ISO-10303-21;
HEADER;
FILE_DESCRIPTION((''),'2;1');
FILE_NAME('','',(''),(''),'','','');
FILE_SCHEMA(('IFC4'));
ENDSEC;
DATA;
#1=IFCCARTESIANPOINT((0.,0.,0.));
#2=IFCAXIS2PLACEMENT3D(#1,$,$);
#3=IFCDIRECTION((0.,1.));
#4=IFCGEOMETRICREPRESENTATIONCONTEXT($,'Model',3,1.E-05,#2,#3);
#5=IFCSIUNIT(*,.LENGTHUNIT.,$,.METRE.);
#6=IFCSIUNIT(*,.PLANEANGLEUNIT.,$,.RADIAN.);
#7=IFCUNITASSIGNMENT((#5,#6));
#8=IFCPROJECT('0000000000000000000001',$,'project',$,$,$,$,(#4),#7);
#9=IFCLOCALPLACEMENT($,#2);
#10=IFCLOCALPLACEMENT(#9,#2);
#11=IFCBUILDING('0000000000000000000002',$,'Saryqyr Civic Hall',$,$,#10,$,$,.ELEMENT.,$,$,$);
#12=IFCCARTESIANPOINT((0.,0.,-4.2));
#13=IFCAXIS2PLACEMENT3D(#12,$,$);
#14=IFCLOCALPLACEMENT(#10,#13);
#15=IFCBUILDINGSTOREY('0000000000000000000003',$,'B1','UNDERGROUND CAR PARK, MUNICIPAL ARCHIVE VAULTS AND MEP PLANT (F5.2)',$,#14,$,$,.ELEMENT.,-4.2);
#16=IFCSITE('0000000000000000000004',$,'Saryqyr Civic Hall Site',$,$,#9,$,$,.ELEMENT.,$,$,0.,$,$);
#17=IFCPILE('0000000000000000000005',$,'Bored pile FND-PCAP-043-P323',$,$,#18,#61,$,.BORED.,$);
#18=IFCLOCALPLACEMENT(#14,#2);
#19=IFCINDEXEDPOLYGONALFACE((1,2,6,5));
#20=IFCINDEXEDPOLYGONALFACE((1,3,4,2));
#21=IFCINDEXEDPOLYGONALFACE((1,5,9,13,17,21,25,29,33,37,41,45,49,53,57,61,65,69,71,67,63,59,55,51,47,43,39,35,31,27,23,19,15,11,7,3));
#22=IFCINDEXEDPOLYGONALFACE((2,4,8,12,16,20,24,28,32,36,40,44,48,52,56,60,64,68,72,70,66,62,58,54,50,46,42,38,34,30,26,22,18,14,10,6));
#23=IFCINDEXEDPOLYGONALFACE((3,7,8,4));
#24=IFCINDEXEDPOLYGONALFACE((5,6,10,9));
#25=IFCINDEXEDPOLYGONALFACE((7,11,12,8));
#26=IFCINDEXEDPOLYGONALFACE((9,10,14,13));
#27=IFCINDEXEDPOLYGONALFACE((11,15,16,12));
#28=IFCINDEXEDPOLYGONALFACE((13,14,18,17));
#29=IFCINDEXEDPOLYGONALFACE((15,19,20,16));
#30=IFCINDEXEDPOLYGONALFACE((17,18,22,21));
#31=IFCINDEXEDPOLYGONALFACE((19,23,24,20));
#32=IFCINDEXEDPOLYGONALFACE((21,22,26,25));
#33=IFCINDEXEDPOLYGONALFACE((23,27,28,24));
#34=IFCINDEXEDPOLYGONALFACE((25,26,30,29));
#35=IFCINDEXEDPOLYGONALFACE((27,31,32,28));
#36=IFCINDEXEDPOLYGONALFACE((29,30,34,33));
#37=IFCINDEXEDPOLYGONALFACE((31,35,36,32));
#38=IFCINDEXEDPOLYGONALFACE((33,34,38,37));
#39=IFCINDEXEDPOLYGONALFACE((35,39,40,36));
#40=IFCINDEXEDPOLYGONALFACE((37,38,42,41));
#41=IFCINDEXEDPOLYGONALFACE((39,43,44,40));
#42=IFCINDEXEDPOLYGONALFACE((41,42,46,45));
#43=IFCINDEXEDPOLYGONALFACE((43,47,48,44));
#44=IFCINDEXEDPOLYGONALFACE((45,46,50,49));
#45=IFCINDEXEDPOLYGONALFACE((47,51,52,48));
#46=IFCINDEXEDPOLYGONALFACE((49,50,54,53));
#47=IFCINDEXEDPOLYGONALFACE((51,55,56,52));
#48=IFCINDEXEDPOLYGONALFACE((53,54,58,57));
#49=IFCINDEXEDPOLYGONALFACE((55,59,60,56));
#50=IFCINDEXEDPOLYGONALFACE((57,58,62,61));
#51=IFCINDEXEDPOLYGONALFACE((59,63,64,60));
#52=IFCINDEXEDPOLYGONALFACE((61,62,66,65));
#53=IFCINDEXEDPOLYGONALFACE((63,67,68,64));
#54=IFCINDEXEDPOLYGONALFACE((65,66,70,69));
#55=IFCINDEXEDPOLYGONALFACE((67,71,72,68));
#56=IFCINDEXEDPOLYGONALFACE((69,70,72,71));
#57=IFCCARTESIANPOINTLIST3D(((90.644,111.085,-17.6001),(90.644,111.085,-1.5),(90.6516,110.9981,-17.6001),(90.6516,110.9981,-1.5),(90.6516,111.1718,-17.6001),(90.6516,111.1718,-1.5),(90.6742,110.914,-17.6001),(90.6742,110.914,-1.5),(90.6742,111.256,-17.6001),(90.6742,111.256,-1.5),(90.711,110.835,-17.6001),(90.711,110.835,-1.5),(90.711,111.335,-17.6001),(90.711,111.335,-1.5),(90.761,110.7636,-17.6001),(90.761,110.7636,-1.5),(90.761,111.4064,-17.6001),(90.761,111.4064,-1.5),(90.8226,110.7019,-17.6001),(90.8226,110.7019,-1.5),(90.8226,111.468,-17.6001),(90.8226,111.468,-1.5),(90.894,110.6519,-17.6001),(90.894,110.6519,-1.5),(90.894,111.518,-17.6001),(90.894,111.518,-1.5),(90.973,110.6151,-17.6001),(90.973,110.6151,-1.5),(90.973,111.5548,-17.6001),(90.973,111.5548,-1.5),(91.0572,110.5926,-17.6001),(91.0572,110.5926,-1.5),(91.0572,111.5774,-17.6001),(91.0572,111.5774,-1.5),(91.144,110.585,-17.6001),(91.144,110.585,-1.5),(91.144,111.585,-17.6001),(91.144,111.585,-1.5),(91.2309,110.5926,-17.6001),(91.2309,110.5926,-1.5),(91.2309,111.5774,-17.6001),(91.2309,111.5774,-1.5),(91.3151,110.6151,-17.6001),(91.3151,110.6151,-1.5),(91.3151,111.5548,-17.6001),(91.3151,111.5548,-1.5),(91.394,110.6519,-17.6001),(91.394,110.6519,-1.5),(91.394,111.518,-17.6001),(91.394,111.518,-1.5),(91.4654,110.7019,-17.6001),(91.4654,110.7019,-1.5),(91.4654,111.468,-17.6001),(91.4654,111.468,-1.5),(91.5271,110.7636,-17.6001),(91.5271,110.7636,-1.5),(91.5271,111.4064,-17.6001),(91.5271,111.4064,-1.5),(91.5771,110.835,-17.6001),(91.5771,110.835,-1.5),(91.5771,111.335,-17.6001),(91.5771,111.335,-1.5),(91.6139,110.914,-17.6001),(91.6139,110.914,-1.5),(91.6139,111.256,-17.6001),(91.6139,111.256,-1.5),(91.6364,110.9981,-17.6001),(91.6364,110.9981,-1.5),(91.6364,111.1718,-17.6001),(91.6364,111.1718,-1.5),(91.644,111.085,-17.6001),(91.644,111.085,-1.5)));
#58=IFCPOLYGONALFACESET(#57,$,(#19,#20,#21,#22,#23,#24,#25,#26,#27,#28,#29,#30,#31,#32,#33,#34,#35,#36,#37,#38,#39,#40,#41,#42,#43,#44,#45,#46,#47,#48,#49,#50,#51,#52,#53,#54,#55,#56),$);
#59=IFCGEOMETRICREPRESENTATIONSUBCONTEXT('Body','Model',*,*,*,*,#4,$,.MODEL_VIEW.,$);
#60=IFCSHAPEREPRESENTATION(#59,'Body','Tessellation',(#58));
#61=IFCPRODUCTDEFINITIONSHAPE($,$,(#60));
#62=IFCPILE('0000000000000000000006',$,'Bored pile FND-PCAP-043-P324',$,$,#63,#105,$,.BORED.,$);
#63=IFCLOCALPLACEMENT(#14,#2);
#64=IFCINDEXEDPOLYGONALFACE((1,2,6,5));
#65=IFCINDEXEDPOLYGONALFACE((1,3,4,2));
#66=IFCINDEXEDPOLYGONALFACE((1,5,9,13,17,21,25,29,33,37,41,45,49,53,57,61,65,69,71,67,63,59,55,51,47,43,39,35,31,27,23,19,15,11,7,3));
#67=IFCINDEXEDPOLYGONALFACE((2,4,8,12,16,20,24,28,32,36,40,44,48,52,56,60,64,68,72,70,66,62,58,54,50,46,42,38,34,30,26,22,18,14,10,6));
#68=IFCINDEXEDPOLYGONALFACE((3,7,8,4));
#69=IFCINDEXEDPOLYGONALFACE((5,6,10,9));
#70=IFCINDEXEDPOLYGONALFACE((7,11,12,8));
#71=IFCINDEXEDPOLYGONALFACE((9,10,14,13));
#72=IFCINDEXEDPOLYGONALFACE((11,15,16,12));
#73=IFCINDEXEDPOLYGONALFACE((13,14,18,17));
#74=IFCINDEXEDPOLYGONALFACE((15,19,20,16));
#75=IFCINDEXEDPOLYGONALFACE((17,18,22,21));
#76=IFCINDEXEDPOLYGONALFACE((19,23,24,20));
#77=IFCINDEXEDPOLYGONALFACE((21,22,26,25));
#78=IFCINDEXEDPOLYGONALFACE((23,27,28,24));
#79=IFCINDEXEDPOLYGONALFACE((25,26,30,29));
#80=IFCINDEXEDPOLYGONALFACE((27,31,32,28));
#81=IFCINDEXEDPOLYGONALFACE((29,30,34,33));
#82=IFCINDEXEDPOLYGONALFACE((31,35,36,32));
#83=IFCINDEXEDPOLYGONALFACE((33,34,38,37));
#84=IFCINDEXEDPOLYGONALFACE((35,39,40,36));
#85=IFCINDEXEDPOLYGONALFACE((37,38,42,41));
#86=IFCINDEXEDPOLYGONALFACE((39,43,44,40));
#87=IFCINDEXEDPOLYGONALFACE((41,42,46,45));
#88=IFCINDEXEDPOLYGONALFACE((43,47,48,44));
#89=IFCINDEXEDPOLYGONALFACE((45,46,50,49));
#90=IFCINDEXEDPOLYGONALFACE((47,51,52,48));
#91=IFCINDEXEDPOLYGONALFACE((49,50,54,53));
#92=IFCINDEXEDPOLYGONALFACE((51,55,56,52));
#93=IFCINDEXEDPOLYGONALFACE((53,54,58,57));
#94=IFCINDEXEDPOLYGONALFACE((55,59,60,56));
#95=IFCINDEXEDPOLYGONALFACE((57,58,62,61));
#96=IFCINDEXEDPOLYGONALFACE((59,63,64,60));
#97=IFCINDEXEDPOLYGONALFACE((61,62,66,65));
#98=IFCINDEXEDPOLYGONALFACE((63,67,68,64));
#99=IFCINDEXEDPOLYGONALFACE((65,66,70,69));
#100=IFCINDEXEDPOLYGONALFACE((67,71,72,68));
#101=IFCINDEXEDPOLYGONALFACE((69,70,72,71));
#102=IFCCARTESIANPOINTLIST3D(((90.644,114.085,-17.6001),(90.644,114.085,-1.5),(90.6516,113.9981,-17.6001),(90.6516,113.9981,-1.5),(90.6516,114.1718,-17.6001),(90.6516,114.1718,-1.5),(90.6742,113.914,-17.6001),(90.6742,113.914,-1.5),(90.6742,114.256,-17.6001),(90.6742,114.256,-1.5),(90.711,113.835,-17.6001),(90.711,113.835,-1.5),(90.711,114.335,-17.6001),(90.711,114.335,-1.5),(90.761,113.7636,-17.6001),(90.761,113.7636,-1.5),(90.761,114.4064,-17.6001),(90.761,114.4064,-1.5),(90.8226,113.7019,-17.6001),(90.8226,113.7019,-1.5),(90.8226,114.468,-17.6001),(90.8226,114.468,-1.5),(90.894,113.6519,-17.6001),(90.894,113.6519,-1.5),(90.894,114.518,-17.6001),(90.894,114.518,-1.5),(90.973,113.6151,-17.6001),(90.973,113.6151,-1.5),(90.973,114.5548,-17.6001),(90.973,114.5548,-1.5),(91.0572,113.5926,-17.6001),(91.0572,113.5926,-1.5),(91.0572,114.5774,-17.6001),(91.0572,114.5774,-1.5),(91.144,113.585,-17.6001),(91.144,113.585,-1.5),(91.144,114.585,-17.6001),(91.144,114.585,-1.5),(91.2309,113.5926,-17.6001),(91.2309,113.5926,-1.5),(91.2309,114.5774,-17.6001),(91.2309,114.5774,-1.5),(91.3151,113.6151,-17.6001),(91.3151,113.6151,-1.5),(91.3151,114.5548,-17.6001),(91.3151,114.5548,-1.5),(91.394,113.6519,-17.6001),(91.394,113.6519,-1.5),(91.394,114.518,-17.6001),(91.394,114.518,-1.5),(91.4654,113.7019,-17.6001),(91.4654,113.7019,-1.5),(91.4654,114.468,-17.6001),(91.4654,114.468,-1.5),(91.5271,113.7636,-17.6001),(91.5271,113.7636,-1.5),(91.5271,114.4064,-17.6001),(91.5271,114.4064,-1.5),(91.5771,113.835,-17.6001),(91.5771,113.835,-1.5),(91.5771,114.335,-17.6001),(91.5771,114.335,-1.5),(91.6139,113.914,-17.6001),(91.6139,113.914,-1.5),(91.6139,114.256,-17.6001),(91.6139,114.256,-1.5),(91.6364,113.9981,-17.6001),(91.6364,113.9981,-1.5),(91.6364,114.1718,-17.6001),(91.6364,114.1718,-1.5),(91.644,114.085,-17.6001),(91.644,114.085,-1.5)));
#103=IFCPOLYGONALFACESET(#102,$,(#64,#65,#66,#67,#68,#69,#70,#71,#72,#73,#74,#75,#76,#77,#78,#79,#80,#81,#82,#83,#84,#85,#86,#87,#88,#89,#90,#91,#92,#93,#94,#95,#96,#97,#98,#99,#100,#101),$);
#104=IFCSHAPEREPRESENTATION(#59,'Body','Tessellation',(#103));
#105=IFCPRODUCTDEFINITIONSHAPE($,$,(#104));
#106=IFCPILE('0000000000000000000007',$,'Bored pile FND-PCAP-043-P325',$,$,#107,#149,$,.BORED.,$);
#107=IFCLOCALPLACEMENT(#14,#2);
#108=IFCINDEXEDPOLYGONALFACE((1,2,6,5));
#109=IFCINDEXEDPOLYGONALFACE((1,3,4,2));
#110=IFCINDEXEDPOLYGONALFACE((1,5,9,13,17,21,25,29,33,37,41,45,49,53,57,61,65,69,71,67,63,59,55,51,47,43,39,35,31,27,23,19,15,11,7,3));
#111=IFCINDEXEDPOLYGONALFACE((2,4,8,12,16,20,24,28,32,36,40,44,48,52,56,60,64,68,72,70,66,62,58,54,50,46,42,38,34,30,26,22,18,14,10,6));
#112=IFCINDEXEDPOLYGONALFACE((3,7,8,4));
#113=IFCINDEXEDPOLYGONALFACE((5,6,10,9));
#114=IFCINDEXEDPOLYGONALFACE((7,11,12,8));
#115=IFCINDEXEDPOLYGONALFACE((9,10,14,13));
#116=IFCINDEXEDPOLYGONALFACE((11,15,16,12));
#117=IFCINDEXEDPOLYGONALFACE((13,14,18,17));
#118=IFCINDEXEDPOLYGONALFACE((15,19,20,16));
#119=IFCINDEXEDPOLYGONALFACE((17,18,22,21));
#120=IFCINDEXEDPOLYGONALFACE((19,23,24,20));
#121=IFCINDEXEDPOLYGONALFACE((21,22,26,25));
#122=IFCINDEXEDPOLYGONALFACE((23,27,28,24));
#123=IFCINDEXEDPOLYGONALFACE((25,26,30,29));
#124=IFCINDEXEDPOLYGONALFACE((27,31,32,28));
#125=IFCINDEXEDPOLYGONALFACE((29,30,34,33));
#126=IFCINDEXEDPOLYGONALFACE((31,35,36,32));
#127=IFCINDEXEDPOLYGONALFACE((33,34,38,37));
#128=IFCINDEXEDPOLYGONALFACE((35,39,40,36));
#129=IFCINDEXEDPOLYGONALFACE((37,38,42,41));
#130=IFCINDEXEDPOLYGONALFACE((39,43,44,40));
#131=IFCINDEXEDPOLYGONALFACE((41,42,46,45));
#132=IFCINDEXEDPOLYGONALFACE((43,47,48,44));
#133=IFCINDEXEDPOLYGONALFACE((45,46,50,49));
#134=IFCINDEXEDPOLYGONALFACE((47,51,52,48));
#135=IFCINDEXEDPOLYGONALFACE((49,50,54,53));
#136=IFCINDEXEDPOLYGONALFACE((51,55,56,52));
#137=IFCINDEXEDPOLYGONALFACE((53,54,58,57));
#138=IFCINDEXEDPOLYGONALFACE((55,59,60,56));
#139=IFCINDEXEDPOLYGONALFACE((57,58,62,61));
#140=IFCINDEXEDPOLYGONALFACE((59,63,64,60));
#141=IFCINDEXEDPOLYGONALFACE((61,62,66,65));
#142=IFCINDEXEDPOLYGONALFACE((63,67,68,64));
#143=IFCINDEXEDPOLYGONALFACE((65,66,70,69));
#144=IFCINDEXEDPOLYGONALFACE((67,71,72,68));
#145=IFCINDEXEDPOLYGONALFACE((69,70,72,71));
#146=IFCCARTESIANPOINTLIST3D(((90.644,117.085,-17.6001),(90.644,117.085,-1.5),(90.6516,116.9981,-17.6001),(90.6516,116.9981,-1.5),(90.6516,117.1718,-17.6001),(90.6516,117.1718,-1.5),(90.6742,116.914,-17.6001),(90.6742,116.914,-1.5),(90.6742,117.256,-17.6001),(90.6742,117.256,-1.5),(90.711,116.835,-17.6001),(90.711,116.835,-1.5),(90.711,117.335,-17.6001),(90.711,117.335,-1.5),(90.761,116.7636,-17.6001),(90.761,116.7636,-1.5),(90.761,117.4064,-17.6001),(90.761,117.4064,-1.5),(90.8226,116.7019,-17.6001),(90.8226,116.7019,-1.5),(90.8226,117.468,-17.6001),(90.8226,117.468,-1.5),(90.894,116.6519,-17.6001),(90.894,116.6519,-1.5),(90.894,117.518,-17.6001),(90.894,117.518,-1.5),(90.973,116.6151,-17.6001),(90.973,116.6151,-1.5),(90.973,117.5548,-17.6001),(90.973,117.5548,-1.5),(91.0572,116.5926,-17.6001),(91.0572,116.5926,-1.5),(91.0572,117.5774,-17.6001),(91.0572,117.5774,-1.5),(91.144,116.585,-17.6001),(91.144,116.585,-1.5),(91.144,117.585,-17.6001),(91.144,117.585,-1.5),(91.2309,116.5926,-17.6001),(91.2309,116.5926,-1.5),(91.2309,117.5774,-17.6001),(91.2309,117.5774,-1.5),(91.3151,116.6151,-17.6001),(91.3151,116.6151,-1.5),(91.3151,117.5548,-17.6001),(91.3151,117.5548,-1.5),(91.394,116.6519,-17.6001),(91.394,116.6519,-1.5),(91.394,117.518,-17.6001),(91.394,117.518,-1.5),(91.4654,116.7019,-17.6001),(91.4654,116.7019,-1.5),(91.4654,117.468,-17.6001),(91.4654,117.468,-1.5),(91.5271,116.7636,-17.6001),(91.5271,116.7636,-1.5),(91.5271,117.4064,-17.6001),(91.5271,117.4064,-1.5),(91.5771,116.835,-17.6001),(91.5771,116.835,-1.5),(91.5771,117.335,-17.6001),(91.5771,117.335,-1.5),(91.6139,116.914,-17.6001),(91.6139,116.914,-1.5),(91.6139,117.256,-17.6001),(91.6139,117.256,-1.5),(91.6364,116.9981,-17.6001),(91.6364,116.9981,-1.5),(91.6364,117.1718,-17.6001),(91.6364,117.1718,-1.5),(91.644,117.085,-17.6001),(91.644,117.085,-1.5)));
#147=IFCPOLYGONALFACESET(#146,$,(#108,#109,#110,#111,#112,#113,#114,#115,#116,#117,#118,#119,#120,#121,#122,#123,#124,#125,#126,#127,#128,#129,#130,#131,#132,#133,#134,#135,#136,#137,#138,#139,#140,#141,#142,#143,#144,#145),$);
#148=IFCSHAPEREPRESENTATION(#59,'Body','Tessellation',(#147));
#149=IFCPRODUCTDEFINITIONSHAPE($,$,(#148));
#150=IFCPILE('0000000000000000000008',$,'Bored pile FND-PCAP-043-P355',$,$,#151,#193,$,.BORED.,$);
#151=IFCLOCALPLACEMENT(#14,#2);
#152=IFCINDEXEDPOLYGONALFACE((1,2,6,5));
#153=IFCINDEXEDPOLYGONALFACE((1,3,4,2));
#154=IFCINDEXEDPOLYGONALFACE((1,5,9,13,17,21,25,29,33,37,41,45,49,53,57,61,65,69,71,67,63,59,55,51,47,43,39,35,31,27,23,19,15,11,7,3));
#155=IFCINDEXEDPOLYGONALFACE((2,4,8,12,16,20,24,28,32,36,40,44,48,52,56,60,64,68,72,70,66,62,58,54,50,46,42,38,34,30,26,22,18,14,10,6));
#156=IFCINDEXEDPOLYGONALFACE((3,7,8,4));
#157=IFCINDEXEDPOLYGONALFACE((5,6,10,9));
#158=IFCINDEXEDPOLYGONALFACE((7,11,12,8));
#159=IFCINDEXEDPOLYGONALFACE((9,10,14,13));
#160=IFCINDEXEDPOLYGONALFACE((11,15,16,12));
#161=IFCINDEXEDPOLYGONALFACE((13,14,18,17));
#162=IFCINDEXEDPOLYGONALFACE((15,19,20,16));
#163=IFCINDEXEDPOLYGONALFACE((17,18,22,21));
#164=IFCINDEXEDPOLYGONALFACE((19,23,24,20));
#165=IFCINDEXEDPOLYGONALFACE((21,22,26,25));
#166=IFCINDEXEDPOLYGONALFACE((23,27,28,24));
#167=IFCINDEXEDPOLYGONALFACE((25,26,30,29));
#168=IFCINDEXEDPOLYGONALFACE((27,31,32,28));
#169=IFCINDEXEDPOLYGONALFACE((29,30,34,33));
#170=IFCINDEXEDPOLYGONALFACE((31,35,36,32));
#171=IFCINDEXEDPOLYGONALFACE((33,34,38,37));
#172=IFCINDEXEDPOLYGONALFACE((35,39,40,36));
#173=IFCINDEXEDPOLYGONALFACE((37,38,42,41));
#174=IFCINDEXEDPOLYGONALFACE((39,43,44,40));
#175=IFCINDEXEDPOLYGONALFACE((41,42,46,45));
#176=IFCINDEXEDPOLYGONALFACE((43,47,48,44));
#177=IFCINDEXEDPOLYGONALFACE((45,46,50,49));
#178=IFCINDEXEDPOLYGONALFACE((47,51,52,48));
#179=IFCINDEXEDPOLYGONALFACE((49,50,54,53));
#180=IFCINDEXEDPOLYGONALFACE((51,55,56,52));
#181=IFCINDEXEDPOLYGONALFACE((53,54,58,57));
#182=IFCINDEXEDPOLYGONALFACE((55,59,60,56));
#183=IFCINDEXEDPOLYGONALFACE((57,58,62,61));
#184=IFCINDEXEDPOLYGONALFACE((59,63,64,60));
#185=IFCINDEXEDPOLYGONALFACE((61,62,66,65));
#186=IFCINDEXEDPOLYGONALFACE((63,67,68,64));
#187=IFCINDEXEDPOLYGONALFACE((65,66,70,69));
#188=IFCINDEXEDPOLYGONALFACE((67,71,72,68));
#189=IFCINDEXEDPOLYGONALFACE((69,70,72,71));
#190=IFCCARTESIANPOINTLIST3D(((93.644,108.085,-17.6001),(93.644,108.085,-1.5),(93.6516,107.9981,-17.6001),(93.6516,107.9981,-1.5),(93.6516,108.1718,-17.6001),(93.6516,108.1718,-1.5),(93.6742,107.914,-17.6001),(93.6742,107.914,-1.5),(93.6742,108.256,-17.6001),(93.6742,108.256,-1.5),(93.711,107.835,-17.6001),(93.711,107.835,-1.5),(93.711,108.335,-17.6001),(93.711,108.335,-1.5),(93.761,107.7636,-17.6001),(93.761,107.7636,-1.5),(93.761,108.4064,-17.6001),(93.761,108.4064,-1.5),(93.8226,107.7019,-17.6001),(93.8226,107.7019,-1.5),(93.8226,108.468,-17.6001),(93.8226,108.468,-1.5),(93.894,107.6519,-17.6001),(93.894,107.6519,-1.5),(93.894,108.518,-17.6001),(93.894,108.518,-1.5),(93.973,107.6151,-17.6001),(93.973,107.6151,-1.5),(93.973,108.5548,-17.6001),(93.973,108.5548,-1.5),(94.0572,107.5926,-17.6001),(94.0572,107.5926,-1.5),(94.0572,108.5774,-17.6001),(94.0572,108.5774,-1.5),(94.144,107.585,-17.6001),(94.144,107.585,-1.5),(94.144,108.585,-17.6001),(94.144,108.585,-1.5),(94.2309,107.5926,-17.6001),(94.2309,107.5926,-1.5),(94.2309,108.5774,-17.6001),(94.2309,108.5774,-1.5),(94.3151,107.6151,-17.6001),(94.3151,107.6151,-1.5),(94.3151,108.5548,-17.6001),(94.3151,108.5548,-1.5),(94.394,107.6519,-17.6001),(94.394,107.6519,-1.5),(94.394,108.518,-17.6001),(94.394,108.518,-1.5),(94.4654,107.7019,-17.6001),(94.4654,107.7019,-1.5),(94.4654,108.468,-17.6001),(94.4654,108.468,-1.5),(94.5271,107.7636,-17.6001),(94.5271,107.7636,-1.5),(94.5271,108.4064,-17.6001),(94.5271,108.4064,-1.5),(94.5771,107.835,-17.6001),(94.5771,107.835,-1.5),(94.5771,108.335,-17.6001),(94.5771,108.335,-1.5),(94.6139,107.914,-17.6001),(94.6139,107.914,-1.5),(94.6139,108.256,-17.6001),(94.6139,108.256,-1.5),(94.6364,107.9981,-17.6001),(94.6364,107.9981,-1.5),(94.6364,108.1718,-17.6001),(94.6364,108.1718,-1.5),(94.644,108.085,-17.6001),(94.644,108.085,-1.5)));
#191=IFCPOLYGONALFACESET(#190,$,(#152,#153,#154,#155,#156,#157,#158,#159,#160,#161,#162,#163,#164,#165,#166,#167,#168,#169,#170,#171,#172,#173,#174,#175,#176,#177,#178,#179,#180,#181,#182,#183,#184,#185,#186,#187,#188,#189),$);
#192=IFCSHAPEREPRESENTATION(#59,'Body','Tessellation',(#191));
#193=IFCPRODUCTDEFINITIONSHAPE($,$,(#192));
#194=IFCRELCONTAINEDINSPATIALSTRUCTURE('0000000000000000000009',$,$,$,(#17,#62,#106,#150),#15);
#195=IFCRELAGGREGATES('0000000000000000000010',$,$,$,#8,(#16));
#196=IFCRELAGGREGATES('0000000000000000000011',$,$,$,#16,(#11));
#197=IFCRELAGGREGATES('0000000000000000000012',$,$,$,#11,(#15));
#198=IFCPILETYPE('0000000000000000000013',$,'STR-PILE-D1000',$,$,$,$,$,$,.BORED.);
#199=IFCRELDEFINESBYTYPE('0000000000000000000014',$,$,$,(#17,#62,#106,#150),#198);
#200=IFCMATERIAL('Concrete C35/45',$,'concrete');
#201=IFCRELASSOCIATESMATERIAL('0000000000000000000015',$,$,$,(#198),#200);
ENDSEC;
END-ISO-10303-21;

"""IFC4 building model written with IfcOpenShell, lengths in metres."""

from ifc_helpers import new_model, si_unit, direction, frame, origin, origin_2d, place, context, subcontext, project, spatial, circle, extrude, material, material_profile, profile_set, type_object, element, save


model = new_model("IFC4")

# Units and contexts
model_context = context("Model", 3, precision=1e-05, world=origin(), true_north=direction((0.0, 1.0)))
body_context = subcontext(model_context, "Body", "Model", "MODEL_VIEW")
ifc_project = project(units=[si_unit("LENGTHUNIT", "METRE"), si_unit("PLANEANGLEUNIT", "RADIAN")], contexts=[model_context])

# Site, building, storey
site_placement = place(None, origin())
site = spatial("IfcSite", under=ifc_project, at=site_placement, Name="Saryqyr Civic Hall Site", CompositionType="ELEMENT", RefElevation=0.0)
building_placement = place(site_placement, origin())
building = spatial("IfcBuilding", under=site, at=building_placement, Name="Saryqyr Civic Hall", CompositionType="ELEMENT")
storey_placement = place(building_placement, frame((0.0, 0.0, -4.2)))
storey = spatial("IfcBuildingStorey", under=building, at=storey_placement, Name="B1", Description="UNDERGROUND CAR PARK, MUNICIPAL ARCHIVE VAULTS AND MEP PLANT (F5.2)", CompositionType="ELEMENT", Elevation=-4.2)

# Piles
ifc_material_1 = material(Name="Concrete C35/45", Category="concrete")
ifc_material_profile_1 = material_profile(ifc_material_1, circle(Radius=0.5, at=origin_2d()), Name="BORED PILE D1000")
ifc_profile_set_1 = profile_set([ifc_material_profile_1], Name="Concrete C35/45")
pile_type = type_object("IfcPileType", Name="STR-PILE-D1000", PredefinedType="BORED", material=ifc_profile_set_1)
for number, where, z_axis, x_axis, name in (
    (1, (91.144, 111.085, -1.5), (0.0, 0.0, -1.0), (1.0, 0.0, 0.0), "Bored pile FND-PCAP-043-P323"),
    (2, (91.144, 114.085, -1.5), (0.0, 0.0, -1.0), (1.0, 0.0, 0.0), "Bored pile FND-PCAP-043-P324"),
    (3, (91.144, 117.085, -1.5), (0.0, 0.0, -1.0), (1.0, 0.0, 0.0), "Bored pile FND-PCAP-043-P325"),
    (4, (94.144, 108.085, -1.5), (0.0, 0.0, -1.0), (1.0, 0.0, 0.0), "Bored pile FND-PCAP-043-P355"),
):
    element("IfcPile", number, at=place(storey_placement, frame(where, z_axis=z_axis, x_axis=x_axis)), inside=storey, type_object=pile_type, Name=name, PredefinedType="BORED", context=body_context, shape_type="SweptSolid", body=[
        extrude(circle(Radius=0.5, at=origin_2d()), origin(), (0.0, 0.0, 1.0), 16.1001),
    ])

save(model, "model.ifc")
